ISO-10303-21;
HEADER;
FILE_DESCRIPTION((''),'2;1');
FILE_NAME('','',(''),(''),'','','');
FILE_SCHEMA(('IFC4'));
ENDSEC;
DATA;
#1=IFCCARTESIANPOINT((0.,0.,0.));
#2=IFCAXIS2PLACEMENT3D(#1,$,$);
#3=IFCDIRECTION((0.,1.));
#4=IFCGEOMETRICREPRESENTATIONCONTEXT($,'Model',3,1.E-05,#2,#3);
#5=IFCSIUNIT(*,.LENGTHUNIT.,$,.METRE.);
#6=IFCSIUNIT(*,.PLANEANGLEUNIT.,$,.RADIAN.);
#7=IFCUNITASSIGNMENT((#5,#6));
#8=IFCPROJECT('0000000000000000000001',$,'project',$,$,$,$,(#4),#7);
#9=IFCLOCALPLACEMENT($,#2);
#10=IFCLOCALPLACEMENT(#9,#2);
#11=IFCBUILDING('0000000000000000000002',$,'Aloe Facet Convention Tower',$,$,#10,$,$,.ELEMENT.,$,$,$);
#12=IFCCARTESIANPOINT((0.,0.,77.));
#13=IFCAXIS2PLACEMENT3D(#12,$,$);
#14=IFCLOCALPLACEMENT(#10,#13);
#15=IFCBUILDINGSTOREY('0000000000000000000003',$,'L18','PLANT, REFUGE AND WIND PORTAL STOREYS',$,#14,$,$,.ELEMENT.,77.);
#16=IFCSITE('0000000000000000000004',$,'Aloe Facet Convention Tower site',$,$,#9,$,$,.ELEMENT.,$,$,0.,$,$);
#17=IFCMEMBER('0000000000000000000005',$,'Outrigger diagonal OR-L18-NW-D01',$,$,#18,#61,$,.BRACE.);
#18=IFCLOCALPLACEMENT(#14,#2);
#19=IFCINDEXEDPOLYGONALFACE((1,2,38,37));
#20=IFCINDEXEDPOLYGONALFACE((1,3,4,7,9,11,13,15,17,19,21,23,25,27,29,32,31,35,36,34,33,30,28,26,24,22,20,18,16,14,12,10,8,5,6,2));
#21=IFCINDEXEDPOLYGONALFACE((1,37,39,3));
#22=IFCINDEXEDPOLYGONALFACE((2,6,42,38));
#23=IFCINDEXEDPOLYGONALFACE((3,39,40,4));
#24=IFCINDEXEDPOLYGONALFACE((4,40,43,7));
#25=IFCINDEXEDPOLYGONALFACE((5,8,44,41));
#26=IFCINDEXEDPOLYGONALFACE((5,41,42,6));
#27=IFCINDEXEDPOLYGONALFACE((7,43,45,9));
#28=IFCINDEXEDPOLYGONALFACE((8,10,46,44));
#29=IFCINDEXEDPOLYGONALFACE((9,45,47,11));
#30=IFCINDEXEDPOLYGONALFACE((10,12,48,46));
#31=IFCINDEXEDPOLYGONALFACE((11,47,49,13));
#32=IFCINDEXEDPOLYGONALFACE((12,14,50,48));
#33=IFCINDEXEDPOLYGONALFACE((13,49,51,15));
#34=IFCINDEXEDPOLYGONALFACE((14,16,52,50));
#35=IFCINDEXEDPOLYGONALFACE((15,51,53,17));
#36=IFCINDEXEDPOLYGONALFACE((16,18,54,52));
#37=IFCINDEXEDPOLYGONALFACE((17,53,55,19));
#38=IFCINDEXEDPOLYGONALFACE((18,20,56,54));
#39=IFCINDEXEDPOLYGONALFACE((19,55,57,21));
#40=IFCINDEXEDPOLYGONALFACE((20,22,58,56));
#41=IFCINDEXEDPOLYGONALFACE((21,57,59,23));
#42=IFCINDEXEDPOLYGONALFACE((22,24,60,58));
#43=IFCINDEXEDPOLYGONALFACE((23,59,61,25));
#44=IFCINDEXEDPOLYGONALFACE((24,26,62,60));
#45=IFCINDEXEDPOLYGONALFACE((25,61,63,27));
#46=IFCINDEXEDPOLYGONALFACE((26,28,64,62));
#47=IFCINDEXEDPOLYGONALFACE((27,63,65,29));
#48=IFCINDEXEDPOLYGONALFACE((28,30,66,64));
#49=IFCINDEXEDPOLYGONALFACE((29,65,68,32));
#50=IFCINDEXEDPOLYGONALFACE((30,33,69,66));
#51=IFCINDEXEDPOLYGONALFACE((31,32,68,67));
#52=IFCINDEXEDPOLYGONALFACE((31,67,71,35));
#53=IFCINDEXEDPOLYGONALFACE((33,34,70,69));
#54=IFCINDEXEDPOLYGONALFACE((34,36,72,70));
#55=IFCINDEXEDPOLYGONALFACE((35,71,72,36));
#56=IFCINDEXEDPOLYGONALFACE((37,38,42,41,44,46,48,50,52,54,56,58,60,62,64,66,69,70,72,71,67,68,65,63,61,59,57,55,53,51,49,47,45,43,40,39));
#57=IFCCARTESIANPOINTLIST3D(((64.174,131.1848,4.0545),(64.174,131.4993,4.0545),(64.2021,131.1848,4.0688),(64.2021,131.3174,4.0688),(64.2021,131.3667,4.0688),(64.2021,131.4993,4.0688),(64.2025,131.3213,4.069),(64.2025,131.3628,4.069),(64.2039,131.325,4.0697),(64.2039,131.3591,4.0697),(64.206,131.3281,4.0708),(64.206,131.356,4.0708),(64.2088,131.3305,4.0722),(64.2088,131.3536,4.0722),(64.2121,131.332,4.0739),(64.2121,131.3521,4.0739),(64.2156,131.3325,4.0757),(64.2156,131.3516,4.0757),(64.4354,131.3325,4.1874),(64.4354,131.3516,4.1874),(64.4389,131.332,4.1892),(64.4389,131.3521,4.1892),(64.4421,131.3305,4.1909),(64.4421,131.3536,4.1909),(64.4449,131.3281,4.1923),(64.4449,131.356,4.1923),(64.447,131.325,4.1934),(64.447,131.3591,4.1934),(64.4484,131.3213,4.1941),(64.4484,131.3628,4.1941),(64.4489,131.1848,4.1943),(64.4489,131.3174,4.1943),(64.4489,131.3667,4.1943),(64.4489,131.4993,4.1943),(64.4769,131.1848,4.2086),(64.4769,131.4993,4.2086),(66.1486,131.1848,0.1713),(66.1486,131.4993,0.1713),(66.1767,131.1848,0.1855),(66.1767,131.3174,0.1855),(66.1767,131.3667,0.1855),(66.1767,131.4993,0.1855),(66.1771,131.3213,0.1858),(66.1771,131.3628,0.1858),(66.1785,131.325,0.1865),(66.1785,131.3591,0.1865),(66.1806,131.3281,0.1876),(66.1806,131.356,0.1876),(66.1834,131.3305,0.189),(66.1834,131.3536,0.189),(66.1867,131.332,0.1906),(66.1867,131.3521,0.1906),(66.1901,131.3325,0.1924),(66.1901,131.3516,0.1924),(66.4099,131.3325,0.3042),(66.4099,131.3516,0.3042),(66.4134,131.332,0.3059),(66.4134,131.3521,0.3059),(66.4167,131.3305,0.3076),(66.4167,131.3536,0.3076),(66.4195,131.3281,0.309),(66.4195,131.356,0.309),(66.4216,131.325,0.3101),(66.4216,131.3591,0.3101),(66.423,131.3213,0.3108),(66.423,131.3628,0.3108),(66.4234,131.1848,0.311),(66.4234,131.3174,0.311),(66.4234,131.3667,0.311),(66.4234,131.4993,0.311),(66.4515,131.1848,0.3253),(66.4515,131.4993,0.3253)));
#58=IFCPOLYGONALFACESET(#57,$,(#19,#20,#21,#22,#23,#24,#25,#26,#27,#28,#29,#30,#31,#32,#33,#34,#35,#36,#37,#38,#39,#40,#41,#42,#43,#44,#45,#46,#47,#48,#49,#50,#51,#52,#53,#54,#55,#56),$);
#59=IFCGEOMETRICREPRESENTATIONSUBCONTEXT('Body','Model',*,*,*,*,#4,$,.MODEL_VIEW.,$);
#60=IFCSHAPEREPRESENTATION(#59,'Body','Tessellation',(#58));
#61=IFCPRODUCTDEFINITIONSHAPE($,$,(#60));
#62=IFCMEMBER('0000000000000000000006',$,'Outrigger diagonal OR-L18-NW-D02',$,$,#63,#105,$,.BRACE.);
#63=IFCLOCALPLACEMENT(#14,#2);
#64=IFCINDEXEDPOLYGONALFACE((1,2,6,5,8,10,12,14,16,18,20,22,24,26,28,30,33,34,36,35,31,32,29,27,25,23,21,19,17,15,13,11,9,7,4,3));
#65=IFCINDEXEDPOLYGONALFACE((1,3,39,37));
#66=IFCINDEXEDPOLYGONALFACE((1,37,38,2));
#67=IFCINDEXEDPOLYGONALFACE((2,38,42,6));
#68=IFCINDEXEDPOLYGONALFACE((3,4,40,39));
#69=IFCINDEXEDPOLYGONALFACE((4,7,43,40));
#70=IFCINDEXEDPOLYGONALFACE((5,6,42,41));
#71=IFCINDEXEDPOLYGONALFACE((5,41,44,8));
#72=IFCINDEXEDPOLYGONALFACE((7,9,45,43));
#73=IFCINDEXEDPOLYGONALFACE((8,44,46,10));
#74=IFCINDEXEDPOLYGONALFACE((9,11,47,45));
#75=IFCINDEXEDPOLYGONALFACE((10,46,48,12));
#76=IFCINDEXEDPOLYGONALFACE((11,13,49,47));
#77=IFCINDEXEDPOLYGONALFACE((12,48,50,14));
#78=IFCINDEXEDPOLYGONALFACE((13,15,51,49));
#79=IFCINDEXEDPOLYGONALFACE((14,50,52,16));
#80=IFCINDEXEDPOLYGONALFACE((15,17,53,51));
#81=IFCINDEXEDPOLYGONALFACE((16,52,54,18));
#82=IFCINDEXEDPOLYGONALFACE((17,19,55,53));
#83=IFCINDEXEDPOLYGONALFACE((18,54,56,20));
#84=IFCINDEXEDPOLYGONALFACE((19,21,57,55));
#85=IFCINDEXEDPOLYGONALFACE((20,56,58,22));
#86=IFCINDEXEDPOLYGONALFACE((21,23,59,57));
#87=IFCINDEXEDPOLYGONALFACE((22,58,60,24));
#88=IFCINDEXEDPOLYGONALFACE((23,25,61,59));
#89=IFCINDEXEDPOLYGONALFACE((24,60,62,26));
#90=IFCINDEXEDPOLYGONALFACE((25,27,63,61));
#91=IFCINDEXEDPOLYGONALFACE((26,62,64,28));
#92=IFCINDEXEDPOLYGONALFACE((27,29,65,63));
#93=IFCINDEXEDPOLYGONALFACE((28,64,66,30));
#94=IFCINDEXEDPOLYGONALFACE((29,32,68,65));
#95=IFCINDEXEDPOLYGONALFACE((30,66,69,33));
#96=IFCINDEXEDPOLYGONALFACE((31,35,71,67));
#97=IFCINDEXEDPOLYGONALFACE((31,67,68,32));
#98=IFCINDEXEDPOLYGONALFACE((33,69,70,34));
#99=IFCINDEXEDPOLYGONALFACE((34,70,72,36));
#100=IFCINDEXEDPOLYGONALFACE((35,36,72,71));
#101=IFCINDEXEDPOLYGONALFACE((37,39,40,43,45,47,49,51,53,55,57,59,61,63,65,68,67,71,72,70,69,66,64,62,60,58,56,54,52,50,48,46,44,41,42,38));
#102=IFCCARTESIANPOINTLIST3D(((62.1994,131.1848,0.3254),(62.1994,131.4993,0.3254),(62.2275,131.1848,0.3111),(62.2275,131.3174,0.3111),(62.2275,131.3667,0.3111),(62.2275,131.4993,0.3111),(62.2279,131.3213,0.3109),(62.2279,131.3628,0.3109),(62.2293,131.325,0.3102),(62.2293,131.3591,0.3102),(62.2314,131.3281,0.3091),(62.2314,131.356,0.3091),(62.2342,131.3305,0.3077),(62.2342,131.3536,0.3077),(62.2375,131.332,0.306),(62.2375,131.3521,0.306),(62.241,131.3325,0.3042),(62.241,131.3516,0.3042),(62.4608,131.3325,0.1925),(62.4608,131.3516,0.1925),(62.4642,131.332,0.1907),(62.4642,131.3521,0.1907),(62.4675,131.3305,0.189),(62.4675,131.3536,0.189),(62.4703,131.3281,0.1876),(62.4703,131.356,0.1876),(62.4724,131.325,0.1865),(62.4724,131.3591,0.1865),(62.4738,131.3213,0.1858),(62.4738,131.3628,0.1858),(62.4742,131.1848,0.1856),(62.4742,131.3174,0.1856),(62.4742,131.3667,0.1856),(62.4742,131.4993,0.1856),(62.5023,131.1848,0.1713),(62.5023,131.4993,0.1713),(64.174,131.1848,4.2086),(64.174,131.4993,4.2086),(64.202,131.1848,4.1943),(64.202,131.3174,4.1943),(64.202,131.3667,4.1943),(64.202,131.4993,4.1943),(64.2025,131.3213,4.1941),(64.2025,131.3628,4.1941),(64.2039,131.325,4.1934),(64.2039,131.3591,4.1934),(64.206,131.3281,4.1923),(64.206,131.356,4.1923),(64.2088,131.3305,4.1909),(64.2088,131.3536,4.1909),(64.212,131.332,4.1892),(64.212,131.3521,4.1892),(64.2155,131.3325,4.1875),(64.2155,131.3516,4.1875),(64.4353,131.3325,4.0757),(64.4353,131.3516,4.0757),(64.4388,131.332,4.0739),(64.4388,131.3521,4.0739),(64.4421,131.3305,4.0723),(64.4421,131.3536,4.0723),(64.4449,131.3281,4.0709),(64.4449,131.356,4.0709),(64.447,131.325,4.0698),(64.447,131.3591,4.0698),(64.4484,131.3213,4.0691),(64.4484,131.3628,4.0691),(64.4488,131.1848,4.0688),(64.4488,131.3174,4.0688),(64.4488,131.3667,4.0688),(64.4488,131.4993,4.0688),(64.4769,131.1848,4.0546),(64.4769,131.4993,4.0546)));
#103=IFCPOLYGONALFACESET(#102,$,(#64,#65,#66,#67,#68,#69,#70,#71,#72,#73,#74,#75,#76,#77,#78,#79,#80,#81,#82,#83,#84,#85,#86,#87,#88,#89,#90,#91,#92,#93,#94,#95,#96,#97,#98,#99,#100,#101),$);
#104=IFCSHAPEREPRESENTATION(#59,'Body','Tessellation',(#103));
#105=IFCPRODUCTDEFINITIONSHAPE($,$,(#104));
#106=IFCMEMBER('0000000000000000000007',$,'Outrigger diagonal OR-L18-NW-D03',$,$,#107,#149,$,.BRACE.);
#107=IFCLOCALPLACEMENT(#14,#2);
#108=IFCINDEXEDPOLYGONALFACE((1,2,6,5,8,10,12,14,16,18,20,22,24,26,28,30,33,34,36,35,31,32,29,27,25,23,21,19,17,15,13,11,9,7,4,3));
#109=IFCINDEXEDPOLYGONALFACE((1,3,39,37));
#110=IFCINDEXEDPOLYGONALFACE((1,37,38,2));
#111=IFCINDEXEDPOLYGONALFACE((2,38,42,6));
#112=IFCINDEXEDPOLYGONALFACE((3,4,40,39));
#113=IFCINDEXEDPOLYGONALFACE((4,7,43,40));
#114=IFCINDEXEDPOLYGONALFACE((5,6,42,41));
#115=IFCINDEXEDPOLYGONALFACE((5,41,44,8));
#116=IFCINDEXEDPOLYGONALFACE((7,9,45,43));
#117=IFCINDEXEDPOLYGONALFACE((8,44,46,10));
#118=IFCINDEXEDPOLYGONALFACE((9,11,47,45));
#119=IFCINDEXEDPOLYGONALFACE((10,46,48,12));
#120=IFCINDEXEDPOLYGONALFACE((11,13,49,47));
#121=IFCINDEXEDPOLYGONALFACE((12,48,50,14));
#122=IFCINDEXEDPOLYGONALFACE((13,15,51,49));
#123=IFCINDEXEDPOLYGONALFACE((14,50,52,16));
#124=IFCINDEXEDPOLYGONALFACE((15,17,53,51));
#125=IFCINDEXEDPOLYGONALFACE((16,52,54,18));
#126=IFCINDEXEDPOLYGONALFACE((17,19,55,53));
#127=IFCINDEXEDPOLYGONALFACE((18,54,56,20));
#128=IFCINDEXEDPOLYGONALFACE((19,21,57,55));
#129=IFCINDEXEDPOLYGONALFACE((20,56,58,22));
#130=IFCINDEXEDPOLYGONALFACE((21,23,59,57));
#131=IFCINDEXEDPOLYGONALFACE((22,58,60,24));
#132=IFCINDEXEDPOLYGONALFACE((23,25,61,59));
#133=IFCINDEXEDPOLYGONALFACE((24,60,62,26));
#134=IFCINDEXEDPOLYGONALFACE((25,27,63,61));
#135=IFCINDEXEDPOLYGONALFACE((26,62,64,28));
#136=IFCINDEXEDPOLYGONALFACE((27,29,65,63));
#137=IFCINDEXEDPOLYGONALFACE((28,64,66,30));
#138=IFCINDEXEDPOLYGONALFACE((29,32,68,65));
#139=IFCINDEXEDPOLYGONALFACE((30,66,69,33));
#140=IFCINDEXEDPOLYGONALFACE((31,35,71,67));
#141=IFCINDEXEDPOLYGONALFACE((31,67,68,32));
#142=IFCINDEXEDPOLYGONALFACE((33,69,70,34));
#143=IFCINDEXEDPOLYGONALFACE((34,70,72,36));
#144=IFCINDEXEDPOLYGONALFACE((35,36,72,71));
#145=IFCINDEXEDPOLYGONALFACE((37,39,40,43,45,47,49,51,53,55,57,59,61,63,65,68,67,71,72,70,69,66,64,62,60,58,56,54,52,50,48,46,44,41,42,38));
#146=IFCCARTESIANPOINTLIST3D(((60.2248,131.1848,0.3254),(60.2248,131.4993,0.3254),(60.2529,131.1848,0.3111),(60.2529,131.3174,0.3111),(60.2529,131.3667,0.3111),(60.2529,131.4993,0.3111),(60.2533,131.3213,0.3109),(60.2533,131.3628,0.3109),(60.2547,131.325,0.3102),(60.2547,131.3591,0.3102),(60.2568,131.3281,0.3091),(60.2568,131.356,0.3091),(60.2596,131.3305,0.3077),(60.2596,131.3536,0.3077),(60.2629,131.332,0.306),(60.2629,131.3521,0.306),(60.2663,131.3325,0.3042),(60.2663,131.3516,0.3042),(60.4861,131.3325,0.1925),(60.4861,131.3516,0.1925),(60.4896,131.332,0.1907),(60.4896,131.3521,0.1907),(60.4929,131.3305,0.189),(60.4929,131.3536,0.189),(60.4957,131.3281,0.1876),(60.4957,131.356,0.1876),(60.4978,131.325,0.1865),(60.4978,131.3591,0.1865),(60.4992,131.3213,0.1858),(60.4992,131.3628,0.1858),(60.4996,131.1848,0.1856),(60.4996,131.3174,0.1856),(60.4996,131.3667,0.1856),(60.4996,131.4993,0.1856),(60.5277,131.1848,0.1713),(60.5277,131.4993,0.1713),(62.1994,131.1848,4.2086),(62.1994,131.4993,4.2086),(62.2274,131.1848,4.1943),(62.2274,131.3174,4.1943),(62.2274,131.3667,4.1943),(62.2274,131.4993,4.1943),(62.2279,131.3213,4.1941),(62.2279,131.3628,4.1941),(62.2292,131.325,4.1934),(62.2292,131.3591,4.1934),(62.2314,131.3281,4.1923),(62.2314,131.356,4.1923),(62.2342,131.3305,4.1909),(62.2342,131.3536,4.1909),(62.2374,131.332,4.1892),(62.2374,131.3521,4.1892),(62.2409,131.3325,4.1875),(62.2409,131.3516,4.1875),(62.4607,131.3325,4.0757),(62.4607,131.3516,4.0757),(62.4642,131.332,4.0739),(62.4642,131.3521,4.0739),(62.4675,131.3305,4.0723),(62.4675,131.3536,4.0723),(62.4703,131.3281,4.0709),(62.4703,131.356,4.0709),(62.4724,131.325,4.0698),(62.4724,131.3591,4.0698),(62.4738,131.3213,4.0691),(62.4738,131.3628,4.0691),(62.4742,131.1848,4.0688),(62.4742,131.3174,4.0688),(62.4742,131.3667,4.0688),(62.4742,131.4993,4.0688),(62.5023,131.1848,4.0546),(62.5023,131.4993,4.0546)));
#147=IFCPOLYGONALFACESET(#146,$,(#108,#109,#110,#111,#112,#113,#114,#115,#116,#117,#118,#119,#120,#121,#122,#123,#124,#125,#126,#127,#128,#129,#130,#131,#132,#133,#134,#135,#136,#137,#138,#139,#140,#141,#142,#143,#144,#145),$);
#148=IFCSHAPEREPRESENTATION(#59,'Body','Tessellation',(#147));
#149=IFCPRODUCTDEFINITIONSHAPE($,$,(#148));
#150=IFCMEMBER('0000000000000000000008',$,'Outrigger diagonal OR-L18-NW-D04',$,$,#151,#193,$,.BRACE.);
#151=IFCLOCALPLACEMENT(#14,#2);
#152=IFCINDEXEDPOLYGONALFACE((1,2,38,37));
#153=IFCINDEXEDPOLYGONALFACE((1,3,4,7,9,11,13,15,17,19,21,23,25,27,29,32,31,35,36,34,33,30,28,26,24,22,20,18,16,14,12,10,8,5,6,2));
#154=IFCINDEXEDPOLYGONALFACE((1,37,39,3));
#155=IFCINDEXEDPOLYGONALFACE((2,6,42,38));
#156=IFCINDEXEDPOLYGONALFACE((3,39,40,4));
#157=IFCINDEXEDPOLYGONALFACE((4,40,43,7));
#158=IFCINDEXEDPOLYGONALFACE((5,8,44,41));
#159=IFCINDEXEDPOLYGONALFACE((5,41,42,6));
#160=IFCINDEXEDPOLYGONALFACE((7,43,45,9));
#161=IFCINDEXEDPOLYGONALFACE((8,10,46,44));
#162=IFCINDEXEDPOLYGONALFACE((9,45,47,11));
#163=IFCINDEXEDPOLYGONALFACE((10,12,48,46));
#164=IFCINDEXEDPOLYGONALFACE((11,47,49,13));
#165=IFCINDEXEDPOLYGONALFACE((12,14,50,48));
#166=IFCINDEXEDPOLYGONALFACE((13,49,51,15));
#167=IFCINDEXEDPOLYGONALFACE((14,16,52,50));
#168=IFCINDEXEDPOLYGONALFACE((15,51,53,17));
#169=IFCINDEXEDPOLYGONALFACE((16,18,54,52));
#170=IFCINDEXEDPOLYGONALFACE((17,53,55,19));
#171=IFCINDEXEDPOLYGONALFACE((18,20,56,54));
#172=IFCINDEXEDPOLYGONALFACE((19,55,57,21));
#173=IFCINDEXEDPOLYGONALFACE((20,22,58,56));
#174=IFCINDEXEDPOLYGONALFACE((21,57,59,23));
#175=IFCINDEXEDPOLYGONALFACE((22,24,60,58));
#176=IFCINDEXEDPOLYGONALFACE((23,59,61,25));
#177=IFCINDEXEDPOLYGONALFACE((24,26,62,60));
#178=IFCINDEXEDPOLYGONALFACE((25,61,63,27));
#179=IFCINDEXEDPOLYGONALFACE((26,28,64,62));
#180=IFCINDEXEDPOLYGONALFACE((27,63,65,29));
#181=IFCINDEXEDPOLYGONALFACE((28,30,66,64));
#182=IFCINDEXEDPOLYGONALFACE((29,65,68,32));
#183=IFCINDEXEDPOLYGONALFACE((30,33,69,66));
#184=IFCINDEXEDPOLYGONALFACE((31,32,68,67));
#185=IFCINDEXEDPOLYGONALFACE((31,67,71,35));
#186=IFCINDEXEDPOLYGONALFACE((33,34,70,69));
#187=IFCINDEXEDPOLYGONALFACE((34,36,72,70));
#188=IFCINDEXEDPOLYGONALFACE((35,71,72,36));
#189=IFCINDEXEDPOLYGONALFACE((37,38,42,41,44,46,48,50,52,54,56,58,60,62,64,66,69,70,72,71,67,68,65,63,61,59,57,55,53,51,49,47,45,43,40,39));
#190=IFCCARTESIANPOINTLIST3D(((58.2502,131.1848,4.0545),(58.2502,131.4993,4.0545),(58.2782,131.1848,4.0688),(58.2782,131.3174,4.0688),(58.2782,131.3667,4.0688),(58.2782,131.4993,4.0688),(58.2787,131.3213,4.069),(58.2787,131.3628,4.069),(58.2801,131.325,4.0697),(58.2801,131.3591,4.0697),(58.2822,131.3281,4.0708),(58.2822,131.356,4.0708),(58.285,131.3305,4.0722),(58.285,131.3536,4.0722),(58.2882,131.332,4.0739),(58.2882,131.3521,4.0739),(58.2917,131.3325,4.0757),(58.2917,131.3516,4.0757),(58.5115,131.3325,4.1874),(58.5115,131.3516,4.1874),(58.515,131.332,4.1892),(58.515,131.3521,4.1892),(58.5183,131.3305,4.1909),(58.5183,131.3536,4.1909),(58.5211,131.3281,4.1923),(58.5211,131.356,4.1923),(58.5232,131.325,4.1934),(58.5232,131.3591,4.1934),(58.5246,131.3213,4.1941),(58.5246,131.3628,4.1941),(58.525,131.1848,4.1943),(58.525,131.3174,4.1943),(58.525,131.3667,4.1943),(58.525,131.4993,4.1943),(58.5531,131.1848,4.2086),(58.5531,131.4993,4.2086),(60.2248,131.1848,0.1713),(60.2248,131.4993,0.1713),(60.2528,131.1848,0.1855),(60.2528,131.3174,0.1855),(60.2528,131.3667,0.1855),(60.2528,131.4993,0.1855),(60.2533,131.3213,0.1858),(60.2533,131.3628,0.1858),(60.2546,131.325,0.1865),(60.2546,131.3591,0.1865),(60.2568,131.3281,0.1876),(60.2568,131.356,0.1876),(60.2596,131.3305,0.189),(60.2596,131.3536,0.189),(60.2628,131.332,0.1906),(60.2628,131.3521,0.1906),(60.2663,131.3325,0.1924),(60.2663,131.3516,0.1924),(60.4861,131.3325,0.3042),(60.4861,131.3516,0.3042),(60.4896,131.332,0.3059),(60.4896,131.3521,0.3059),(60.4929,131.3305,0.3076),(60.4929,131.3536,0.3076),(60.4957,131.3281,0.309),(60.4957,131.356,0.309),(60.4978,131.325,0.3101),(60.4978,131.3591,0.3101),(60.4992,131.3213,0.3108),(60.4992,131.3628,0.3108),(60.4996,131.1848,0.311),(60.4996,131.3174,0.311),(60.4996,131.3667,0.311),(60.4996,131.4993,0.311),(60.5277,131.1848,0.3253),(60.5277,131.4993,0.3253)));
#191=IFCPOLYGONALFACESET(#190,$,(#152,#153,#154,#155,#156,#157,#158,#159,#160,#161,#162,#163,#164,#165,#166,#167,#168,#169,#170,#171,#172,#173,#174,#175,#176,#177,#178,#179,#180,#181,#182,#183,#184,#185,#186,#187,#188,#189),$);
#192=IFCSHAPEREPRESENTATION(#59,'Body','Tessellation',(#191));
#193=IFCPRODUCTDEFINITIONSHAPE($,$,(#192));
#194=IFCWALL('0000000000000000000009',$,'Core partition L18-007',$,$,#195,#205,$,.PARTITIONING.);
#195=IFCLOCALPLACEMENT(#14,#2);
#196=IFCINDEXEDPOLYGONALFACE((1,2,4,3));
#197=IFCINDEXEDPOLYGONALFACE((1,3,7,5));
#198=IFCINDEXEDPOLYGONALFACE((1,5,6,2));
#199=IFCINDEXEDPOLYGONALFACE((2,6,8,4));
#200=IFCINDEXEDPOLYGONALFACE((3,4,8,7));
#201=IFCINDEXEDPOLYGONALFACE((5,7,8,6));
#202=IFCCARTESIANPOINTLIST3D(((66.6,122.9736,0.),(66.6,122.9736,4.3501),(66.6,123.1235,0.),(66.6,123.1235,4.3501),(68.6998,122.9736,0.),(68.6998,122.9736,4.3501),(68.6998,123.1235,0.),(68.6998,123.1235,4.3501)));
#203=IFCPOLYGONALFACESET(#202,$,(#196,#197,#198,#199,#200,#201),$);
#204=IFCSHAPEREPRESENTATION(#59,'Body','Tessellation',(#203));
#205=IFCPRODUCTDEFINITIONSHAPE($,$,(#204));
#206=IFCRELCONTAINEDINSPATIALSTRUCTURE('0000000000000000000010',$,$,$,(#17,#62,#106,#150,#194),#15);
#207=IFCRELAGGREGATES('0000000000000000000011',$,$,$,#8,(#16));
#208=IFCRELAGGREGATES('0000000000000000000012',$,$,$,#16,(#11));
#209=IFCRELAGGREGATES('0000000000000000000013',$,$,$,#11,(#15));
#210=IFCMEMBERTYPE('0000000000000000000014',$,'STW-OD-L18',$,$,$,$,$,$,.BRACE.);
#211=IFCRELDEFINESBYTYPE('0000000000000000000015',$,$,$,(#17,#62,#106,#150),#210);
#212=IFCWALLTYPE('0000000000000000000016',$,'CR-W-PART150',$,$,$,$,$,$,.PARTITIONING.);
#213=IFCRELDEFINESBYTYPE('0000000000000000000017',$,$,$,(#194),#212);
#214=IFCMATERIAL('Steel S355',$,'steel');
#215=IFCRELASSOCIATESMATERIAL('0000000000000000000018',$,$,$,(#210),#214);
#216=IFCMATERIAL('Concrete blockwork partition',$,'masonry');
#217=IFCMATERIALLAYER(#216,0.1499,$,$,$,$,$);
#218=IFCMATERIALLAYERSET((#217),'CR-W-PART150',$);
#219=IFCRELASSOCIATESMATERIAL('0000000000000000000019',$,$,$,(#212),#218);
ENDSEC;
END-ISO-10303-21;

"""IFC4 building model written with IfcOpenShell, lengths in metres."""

from ifc_helpers import new_model, si_unit, direction, frame, frame_2d, origin, origin_2d, place, context, subcontext, project, spatial, rectangle, i_section, extrude, material, layer, layer_set, material_profile, profile_set, type_object, element, save


model = new_model("IFC4")

# Units and contexts
model_context = context("Model", 3, precision=1e-05, world=origin(), true_north=direction((0.0, 1.0)))
body_context = subcontext(model_context, "Body", "Model", "MODEL_VIEW")
ifc_project = project(units=[si_unit("LENGTHUNIT", "METRE"), si_unit("PLANEANGLEUNIT", "RADIAN")], contexts=[model_context])

# Site, building, storey
site_placement = place(None, origin())
site = spatial("IfcSite", under=ifc_project, at=site_placement, Name="Aloe Facet Convention Tower site", CompositionType="ELEMENT", RefElevation=0.0)
building_placement = place(site_placement, origin())
building = spatial("IfcBuilding", under=site, at=building_placement, Name="Aloe Facet Convention Tower", CompositionType="ELEMENT")
storey_placement = place(building_placement, frame((0.0, 0.0, 77.0)))
storey = spatial("IfcBuildingStorey", under=building, at=storey_placement, Name="L18", Description="PLANT, REFUGE AND WIND PORTAL STOREYS", CompositionType="ELEMENT", Elevation=77.0)

# Members
ifc_material_1 = material(Name="Steel S355", Category="steel")
ifc_material_profile_1 = material_profile(ifc_material_1, i_section(OverallWidth=0.3145, OverallDepth=0.3398, WebThickness=0.019, FlangeThickness=0.0315, FilletRadius=0.0151, at=origin_2d()), Name="UC 305x305x198")
ifc_profile_set_1 = profile_set([ifc_material_profile_1], Name="Steel S355")
member_type_1 = type_object("IfcMemberType", Name="STW-OD-L18", PredefinedType="BRACE", material=ifc_profile_set_1)
for number, where, z_axis, x_axis, name in (
    (1, (66.3, 131.342, 0.2483), (-0.453256, 0.0, 0.891381), (0.0, -1.0, 0.0), "Outrigger diagonal OR-L18-NW-D01"),
    (2, (64.3254, 131.342, 4.1316), (-0.453256, 0.0, -0.891381), (0.0, -1.0, 0.0), "Outrigger diagonal OR-L18-NW-D02"),
    (3, (62.3508, 131.342, 4.1316), (-0.453256, 0.0, -0.891381), (0.0, -1.0, 0.0), "Outrigger diagonal OR-L18-NW-D03"),
    (4, (60.3762, 131.342, 0.2483), (-0.453256, 0.0, 0.891381), (0.0, -1.0, 0.0), "Outrigger diagonal OR-L18-NW-D04"),
):
    element("IfcMember", number, at=place(storey_placement, frame(where, z_axis=z_axis, x_axis=x_axis)), inside=storey, type_object=member_type_1, Name=name, PredefinedType="BRACE", context=body_context, shape_type="SweptSolid", body=[
        extrude(i_section(OverallWidth=0.3145, OverallDepth=0.3398, WebThickness=0.019, FlangeThickness=0.0315, FilletRadius=0.0151, at=origin_2d()), origin(), (0.0, 0.0, 1.0), 4.3564),
    ])

# Wall
ifc_material_2 = material(Name="Concrete blockwork partition", Category="masonry")
ifc_layer_1 = layer(ifc_material_2, 0.1499)
ifc_layer_set_1 = layer_set([ifc_layer_1], Name="CR-W-PART150")
wall_type_1 = type_object("IfcWallType", Name="CR-W-PART150", PredefinedType="PARTITIONING", material=ifc_layer_set_1)
wall_1_placement = place(storey_placement, frame((66.6001, 123.0486, 0.0), z_axis=(0.0, 0.0, 1.0), x_axis=(1.0, 0.0, 0.0)))
element("IfcWall", 5, at=wall_1_placement, inside=storey, type_object=wall_type_1, Name="Core partition L18-007", PredefinedType="PARTITIONING", context=body_context, shape_type="SweptSolid", body=[
    extrude(rectangle(XDim=2.0999, YDim=0.1499, at=frame_2d((1.0498, 0.0))), origin(), (0.0, 0.0, 1.0), 4.3501),
])

save(model, "model.ifc")
